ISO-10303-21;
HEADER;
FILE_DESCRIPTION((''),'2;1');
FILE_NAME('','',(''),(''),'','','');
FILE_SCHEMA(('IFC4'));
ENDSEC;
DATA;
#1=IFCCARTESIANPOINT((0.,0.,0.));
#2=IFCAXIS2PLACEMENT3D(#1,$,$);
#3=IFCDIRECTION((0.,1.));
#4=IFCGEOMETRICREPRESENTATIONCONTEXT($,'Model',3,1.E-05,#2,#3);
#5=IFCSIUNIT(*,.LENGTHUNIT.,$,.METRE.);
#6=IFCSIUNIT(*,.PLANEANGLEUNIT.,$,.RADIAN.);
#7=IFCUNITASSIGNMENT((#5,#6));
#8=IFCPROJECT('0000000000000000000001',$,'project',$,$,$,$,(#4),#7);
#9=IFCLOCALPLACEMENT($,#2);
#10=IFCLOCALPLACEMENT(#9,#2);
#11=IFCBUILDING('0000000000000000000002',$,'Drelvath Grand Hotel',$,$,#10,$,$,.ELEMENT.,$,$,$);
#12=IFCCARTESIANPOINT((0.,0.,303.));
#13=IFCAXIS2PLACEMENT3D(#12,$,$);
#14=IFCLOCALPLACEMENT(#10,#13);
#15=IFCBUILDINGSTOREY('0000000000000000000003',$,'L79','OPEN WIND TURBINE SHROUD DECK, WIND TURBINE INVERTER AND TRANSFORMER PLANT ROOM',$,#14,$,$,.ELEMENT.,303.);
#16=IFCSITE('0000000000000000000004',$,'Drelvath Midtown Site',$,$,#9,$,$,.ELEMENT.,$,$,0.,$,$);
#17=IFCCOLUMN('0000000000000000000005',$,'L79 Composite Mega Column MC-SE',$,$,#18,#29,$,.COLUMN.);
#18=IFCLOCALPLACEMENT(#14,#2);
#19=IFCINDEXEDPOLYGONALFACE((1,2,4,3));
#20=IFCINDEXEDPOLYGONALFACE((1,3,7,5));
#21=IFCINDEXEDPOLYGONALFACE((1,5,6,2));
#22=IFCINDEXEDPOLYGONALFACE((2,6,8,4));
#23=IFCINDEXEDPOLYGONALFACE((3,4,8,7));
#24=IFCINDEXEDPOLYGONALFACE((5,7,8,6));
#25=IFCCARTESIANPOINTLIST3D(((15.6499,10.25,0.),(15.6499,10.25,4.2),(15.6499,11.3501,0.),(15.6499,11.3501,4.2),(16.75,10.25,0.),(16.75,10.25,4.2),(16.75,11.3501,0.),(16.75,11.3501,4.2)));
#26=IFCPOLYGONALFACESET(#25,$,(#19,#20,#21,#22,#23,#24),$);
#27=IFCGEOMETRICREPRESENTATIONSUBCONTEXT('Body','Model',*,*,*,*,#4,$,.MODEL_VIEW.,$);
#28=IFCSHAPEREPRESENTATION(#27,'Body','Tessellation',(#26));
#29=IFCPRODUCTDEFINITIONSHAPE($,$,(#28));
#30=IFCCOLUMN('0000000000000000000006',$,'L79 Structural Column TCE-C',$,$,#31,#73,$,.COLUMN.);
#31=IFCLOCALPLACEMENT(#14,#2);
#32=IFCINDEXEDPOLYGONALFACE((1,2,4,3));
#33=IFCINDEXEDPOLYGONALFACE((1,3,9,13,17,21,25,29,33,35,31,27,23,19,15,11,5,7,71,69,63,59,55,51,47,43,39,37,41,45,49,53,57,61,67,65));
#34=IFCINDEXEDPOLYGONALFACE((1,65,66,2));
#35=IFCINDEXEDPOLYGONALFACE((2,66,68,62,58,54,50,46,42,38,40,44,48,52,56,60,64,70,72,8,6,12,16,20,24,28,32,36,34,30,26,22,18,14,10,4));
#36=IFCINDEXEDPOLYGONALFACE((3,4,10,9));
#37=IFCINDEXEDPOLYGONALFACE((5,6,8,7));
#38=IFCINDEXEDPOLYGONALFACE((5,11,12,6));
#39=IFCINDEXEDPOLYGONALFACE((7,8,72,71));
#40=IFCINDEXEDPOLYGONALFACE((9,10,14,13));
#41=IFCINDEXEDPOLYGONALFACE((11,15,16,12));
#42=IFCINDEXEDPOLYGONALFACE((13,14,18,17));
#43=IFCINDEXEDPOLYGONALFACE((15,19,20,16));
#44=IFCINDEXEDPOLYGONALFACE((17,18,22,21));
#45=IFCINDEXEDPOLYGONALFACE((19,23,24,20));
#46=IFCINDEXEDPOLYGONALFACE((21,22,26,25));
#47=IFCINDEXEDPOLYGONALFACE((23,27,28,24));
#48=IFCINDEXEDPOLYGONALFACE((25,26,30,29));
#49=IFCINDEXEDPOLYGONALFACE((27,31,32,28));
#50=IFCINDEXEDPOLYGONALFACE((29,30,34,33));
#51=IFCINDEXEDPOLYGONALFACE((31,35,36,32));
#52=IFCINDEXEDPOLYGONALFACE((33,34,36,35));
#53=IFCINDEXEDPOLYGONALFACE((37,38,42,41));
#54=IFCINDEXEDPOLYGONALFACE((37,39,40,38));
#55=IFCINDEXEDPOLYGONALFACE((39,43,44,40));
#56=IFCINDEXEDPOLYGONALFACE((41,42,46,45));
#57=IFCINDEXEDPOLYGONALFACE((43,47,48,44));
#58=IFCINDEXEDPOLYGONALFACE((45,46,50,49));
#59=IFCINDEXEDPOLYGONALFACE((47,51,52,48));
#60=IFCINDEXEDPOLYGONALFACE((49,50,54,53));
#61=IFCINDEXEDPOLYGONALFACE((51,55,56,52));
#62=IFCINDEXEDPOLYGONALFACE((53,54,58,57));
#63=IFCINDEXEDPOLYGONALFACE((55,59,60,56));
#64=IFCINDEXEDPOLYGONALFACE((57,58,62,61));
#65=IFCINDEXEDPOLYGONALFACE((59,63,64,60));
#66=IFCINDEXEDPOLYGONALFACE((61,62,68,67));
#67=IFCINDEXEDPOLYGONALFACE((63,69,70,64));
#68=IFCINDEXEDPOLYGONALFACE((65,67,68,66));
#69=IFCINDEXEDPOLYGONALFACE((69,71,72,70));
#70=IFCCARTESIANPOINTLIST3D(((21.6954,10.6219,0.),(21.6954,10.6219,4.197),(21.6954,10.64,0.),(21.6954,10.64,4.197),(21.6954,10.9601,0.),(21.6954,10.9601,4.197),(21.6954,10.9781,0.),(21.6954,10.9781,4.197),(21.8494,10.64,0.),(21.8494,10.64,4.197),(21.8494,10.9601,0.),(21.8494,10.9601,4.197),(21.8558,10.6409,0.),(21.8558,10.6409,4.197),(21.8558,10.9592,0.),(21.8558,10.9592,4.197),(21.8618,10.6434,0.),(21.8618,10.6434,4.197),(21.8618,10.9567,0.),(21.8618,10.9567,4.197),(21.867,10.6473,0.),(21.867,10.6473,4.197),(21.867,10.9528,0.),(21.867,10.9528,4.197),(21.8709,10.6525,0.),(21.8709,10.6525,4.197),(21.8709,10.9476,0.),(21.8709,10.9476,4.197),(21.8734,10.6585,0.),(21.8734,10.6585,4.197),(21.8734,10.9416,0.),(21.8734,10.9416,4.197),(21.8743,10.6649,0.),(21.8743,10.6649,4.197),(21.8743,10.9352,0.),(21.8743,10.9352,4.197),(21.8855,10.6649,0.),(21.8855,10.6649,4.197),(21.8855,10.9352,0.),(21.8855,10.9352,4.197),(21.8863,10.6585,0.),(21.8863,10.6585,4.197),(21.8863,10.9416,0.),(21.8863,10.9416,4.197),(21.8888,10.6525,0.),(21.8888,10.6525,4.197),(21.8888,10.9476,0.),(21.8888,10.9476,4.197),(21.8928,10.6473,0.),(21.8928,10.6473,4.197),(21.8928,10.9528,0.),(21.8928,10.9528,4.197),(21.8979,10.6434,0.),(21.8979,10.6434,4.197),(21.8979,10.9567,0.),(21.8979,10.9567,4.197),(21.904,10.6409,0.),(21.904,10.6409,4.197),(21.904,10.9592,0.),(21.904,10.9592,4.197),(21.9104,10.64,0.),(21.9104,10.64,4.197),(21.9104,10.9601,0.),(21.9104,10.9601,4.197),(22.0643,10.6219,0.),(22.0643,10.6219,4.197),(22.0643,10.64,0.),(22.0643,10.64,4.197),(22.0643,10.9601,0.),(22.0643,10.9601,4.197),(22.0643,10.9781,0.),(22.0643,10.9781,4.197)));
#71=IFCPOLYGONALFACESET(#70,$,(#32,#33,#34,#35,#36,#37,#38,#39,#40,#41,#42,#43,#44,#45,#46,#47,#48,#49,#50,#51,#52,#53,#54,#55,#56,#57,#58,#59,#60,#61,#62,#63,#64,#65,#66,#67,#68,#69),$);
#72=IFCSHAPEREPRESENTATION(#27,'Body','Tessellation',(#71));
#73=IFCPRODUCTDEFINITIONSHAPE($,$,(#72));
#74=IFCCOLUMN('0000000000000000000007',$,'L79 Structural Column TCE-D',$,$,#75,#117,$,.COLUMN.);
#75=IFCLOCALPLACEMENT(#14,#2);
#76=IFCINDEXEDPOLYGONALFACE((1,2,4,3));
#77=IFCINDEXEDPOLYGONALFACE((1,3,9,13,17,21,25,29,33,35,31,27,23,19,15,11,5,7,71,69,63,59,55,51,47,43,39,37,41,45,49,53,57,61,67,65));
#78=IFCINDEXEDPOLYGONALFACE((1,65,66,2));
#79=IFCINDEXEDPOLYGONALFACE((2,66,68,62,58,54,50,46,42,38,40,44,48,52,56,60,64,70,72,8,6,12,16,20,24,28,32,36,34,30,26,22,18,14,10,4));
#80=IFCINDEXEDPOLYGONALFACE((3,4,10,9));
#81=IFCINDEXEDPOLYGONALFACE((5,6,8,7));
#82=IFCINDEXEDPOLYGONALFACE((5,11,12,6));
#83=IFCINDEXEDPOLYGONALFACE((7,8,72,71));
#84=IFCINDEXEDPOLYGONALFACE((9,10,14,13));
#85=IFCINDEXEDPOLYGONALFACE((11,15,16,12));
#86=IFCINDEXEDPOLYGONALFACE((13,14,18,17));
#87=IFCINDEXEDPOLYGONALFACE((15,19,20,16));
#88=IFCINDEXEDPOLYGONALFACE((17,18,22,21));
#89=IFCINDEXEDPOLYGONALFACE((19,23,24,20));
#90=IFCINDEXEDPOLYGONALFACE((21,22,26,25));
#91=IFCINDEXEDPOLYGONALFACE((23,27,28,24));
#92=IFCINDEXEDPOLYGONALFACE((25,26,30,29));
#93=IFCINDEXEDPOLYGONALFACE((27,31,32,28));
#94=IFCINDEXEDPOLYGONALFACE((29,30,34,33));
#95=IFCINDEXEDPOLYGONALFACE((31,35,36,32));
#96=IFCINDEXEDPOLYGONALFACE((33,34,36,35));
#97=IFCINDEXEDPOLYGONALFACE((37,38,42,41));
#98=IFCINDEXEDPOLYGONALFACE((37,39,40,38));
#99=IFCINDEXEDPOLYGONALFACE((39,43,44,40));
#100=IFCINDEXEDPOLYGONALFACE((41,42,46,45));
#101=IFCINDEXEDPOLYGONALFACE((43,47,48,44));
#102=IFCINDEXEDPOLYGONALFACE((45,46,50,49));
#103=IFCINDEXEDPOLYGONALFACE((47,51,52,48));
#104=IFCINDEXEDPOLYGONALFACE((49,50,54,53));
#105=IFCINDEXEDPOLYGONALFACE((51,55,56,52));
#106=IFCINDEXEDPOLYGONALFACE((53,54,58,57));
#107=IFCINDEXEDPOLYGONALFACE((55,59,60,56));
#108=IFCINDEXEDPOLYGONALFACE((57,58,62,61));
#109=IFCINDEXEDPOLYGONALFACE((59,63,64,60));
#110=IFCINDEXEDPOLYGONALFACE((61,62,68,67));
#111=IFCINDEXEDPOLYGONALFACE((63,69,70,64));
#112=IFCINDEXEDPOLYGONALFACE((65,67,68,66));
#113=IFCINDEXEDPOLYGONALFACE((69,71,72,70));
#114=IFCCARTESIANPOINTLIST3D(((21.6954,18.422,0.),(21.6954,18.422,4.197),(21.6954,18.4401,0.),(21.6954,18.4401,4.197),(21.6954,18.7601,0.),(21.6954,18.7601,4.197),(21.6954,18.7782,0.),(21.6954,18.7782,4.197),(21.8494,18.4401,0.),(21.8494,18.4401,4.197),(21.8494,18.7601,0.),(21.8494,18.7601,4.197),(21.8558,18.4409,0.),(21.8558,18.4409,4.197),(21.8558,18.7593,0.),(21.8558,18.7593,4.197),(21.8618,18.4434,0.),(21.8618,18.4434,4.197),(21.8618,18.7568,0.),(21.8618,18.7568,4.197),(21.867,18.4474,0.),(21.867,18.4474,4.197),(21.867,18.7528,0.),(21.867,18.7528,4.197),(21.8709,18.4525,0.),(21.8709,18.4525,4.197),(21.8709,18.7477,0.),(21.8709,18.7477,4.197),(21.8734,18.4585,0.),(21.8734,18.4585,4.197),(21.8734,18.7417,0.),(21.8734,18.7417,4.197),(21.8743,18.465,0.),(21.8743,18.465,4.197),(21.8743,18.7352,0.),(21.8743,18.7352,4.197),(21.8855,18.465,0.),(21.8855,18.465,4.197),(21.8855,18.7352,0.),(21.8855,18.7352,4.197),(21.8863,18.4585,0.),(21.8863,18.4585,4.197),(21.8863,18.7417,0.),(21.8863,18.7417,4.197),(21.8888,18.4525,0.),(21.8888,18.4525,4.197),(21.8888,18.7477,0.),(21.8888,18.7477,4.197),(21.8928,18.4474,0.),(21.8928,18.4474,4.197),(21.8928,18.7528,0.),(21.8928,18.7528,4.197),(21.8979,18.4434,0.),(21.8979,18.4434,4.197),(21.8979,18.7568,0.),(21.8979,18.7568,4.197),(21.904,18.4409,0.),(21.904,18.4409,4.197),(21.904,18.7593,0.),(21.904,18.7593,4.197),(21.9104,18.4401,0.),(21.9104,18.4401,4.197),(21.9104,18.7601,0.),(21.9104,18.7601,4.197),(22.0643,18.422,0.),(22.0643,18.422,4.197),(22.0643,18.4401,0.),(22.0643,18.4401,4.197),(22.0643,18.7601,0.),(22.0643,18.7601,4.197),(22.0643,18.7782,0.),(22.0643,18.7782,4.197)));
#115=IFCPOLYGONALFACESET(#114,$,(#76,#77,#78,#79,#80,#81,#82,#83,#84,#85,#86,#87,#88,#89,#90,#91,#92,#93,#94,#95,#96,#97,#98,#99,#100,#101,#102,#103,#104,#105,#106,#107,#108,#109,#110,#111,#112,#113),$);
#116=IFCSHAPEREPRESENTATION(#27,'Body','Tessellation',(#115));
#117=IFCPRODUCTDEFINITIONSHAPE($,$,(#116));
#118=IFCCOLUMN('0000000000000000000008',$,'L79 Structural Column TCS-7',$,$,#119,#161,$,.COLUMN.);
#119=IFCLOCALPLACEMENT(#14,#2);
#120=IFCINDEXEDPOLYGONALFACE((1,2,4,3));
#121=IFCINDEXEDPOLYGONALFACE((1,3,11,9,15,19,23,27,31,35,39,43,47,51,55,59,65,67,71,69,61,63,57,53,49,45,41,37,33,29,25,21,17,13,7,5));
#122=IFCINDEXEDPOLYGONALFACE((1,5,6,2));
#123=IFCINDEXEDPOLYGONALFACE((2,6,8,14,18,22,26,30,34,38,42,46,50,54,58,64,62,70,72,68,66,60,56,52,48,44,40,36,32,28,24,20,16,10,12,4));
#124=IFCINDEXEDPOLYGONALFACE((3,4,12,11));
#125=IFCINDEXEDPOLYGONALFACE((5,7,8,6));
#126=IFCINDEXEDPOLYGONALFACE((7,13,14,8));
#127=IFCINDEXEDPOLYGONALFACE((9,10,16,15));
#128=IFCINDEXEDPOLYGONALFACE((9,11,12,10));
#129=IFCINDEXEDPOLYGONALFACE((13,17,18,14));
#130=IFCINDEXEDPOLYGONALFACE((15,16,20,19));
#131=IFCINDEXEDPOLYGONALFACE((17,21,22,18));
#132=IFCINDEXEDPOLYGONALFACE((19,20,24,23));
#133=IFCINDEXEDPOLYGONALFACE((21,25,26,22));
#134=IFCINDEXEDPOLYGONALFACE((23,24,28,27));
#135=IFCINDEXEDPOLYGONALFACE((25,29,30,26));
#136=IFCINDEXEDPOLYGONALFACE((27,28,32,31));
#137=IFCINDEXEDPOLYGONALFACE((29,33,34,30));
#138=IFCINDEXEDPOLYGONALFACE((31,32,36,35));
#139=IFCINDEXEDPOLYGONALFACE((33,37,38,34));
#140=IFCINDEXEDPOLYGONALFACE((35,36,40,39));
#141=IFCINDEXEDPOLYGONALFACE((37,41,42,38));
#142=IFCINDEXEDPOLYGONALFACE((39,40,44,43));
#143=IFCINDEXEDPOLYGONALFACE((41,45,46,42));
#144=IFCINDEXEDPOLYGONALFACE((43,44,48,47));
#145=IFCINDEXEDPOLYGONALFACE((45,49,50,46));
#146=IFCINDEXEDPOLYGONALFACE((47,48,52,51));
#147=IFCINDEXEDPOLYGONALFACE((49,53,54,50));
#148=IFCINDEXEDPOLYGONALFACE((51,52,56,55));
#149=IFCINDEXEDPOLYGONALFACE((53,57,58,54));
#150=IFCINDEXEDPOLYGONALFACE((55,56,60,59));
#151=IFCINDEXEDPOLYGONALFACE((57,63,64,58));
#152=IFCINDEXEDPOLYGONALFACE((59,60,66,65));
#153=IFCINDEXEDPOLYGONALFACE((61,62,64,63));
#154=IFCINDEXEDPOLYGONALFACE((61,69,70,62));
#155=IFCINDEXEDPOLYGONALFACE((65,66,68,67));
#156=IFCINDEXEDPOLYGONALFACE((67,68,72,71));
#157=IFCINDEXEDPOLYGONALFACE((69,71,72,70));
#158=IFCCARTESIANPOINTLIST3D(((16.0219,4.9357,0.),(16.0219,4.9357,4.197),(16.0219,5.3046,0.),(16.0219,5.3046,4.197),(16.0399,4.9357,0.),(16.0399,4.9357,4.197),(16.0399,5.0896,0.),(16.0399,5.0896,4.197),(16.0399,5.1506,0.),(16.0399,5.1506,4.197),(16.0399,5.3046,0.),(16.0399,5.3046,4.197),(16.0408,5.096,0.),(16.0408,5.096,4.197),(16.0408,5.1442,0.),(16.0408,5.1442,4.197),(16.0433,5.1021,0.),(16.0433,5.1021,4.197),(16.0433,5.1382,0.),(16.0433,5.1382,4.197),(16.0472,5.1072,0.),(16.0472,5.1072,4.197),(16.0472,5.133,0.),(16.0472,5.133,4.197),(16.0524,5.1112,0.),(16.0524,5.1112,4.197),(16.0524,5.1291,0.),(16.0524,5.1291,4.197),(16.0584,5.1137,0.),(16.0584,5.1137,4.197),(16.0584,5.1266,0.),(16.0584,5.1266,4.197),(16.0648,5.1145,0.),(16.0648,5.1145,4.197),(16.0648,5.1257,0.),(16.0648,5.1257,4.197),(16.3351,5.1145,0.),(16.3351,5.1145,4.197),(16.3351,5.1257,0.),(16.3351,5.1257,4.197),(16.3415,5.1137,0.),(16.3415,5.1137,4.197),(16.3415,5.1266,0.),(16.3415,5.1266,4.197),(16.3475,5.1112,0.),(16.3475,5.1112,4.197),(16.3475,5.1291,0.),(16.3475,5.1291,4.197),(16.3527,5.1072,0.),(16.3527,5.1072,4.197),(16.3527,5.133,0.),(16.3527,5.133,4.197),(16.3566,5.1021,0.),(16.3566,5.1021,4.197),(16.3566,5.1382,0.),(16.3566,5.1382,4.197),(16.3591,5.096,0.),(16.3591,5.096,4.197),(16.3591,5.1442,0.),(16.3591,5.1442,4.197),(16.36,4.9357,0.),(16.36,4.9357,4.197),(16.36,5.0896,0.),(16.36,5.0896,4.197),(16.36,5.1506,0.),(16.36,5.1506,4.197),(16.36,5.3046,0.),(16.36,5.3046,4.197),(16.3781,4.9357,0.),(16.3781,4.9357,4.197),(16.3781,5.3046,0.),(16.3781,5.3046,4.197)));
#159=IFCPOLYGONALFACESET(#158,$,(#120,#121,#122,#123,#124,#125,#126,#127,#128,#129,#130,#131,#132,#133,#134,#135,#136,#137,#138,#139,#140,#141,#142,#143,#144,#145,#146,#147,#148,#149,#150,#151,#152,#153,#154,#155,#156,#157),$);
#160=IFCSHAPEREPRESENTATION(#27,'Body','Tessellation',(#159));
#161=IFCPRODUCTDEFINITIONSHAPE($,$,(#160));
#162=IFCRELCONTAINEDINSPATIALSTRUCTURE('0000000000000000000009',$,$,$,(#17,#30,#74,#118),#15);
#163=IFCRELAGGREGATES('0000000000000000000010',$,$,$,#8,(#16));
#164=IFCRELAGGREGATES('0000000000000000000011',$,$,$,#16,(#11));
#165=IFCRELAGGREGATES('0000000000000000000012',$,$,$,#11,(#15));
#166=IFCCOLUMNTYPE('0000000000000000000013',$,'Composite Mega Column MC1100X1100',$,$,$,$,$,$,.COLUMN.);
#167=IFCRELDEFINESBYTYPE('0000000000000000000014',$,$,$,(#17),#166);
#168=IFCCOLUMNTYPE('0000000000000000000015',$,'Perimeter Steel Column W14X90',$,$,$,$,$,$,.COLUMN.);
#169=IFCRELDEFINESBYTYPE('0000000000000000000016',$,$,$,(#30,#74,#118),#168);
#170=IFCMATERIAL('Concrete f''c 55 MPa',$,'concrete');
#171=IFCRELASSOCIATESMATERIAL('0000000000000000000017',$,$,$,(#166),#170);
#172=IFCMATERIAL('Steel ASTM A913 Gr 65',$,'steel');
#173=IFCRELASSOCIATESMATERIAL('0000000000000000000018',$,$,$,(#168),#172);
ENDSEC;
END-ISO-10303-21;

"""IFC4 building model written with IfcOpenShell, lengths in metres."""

from ifc_helpers import new_model, si_unit, direction, frame, origin, origin_2d, place, context, subcontext, project, spatial, rectangle, i_section, extrude, material, material_profile, profile_set, type_object, element, save


model = new_model("IFC4")

# Units and contexts
model_context = context("Model", 3, precision=1e-05, world=origin(), true_north=direction((0.0, 1.0)))
body_context = subcontext(model_context, "Body", "Model", "MODEL_VIEW")
ifc_project = project(units=[si_unit("LENGTHUNIT", "METRE"), si_unit("PLANEANGLEUNIT", "RADIAN")], contexts=[model_context])

# Site, building, storey
site_placement = place(None, origin())
site = spatial("IfcSite", under=ifc_project, at=site_placement, Name="Drelvath Midtown Site", CompositionType="ELEMENT", RefElevation=0.0)
building_placement = place(site_placement, origin())
building = spatial("IfcBuilding", under=site, at=building_placement, Name="Drelvath Grand Hotel", CompositionType="ELEMENT")
storey_placement = place(building_placement, frame((0.0, 0.0, 303.0)))
storey = spatial("IfcBuildingStorey", under=building, at=storey_placement, Name="L79", Description="OPEN WIND TURBINE SHROUD DECK, WIND TURBINE INVERTER AND TRANSFORMER PLANT ROOM", CompositionType="ELEMENT", Elevation=303.0)

# Columns
ifc_material_1 = material(Name="Concrete f'c 55 MPa", Category="concrete")
ifc_material_profile_1 = material_profile(ifc_material_1, rectangle(XDim=1.1001, YDim=1.1001, at=origin_2d()), Name="MC1100X1100")
ifc_profile_set_1 = profile_set([ifc_material_profile_1], Name="Concrete f'c 55 MPa")
column_type_1 = type_object("IfcColumnType", Name="Composite Mega Column MC1100X1100", PredefinedType="COLUMN", material=ifc_profile_set_1)
column_placement = place(storey_placement, frame((16.2, 10.8, 0.0), z_axis=(0.0, 0.0, 1.0), x_axis=(1.0, 0.0, 0.0)))
element("IfcColumn", 1, at=column_placement, inside=storey, type_object=column_type_1, Name="L79 Composite Mega Column MC-SE", PredefinedType="COLUMN", context=body_context, shape_type="SweptSolid", body=[
    extrude(rectangle(XDim=1.1001, YDim=1.1001, at=origin_2d()), origin(), (0.0, 0.0, 1.0), 4.2),
])
ifc_material_2 = material(Name="Steel ASTM A913 Gr 65", Category="steel")
ifc_material_profile_2 = material_profile(ifc_material_2, i_section(OverallWidth=0.3689, OverallDepth=0.3562, WebThickness=0.0112, FlangeThickness=0.0181, FilletRadius=0.0249, at=origin_2d()), Name="W14X90")
ifc_profile_set_2 = profile_set([ifc_material_profile_2], Name="Steel ASTM A913 Gr 65")
column_type_2 = type_object("IfcColumnType", Name="Perimeter Steel Column W14X90", PredefinedType="COLUMN", material=ifc_profile_set_2)
for number, where, z_axis, x_axis, name in (
    (2, (21.8799, 10.8, 0.0), (0.0, 0.0, 1.0), (1.0, 0.0, 0.0), "L79 Structural Column TCE-C"),
    (3, (21.8799, 18.6001, 0.0), (0.0, 0.0, 1.0), (1.0, 0.0, 0.0), "L79 Structural Column TCE-D"),
    (4, (16.2, 5.1201, 0.0), (0.0, 0.0, 1.0), (0.0, 1.0, 0.0), "L79 Structural Column TCS-7"),
):
    element("IfcColumn", number, at=place(storey_placement, frame(where, z_axis=z_axis, x_axis=x_axis)), inside=storey, type_object=column_type_2, Name=name, PredefinedType="COLUMN", context=body_context, shape_type="SweptSolid", body=[
        extrude(i_section(OverallWidth=0.3689, OverallDepth=0.3562, WebThickness=0.0112, FlangeThickness=0.0181, FilletRadius=0.0249, at=origin_2d()), origin(), (0.0, 0.0, 1.0), 4.197),
    ])

save(model, "model.ifc")
